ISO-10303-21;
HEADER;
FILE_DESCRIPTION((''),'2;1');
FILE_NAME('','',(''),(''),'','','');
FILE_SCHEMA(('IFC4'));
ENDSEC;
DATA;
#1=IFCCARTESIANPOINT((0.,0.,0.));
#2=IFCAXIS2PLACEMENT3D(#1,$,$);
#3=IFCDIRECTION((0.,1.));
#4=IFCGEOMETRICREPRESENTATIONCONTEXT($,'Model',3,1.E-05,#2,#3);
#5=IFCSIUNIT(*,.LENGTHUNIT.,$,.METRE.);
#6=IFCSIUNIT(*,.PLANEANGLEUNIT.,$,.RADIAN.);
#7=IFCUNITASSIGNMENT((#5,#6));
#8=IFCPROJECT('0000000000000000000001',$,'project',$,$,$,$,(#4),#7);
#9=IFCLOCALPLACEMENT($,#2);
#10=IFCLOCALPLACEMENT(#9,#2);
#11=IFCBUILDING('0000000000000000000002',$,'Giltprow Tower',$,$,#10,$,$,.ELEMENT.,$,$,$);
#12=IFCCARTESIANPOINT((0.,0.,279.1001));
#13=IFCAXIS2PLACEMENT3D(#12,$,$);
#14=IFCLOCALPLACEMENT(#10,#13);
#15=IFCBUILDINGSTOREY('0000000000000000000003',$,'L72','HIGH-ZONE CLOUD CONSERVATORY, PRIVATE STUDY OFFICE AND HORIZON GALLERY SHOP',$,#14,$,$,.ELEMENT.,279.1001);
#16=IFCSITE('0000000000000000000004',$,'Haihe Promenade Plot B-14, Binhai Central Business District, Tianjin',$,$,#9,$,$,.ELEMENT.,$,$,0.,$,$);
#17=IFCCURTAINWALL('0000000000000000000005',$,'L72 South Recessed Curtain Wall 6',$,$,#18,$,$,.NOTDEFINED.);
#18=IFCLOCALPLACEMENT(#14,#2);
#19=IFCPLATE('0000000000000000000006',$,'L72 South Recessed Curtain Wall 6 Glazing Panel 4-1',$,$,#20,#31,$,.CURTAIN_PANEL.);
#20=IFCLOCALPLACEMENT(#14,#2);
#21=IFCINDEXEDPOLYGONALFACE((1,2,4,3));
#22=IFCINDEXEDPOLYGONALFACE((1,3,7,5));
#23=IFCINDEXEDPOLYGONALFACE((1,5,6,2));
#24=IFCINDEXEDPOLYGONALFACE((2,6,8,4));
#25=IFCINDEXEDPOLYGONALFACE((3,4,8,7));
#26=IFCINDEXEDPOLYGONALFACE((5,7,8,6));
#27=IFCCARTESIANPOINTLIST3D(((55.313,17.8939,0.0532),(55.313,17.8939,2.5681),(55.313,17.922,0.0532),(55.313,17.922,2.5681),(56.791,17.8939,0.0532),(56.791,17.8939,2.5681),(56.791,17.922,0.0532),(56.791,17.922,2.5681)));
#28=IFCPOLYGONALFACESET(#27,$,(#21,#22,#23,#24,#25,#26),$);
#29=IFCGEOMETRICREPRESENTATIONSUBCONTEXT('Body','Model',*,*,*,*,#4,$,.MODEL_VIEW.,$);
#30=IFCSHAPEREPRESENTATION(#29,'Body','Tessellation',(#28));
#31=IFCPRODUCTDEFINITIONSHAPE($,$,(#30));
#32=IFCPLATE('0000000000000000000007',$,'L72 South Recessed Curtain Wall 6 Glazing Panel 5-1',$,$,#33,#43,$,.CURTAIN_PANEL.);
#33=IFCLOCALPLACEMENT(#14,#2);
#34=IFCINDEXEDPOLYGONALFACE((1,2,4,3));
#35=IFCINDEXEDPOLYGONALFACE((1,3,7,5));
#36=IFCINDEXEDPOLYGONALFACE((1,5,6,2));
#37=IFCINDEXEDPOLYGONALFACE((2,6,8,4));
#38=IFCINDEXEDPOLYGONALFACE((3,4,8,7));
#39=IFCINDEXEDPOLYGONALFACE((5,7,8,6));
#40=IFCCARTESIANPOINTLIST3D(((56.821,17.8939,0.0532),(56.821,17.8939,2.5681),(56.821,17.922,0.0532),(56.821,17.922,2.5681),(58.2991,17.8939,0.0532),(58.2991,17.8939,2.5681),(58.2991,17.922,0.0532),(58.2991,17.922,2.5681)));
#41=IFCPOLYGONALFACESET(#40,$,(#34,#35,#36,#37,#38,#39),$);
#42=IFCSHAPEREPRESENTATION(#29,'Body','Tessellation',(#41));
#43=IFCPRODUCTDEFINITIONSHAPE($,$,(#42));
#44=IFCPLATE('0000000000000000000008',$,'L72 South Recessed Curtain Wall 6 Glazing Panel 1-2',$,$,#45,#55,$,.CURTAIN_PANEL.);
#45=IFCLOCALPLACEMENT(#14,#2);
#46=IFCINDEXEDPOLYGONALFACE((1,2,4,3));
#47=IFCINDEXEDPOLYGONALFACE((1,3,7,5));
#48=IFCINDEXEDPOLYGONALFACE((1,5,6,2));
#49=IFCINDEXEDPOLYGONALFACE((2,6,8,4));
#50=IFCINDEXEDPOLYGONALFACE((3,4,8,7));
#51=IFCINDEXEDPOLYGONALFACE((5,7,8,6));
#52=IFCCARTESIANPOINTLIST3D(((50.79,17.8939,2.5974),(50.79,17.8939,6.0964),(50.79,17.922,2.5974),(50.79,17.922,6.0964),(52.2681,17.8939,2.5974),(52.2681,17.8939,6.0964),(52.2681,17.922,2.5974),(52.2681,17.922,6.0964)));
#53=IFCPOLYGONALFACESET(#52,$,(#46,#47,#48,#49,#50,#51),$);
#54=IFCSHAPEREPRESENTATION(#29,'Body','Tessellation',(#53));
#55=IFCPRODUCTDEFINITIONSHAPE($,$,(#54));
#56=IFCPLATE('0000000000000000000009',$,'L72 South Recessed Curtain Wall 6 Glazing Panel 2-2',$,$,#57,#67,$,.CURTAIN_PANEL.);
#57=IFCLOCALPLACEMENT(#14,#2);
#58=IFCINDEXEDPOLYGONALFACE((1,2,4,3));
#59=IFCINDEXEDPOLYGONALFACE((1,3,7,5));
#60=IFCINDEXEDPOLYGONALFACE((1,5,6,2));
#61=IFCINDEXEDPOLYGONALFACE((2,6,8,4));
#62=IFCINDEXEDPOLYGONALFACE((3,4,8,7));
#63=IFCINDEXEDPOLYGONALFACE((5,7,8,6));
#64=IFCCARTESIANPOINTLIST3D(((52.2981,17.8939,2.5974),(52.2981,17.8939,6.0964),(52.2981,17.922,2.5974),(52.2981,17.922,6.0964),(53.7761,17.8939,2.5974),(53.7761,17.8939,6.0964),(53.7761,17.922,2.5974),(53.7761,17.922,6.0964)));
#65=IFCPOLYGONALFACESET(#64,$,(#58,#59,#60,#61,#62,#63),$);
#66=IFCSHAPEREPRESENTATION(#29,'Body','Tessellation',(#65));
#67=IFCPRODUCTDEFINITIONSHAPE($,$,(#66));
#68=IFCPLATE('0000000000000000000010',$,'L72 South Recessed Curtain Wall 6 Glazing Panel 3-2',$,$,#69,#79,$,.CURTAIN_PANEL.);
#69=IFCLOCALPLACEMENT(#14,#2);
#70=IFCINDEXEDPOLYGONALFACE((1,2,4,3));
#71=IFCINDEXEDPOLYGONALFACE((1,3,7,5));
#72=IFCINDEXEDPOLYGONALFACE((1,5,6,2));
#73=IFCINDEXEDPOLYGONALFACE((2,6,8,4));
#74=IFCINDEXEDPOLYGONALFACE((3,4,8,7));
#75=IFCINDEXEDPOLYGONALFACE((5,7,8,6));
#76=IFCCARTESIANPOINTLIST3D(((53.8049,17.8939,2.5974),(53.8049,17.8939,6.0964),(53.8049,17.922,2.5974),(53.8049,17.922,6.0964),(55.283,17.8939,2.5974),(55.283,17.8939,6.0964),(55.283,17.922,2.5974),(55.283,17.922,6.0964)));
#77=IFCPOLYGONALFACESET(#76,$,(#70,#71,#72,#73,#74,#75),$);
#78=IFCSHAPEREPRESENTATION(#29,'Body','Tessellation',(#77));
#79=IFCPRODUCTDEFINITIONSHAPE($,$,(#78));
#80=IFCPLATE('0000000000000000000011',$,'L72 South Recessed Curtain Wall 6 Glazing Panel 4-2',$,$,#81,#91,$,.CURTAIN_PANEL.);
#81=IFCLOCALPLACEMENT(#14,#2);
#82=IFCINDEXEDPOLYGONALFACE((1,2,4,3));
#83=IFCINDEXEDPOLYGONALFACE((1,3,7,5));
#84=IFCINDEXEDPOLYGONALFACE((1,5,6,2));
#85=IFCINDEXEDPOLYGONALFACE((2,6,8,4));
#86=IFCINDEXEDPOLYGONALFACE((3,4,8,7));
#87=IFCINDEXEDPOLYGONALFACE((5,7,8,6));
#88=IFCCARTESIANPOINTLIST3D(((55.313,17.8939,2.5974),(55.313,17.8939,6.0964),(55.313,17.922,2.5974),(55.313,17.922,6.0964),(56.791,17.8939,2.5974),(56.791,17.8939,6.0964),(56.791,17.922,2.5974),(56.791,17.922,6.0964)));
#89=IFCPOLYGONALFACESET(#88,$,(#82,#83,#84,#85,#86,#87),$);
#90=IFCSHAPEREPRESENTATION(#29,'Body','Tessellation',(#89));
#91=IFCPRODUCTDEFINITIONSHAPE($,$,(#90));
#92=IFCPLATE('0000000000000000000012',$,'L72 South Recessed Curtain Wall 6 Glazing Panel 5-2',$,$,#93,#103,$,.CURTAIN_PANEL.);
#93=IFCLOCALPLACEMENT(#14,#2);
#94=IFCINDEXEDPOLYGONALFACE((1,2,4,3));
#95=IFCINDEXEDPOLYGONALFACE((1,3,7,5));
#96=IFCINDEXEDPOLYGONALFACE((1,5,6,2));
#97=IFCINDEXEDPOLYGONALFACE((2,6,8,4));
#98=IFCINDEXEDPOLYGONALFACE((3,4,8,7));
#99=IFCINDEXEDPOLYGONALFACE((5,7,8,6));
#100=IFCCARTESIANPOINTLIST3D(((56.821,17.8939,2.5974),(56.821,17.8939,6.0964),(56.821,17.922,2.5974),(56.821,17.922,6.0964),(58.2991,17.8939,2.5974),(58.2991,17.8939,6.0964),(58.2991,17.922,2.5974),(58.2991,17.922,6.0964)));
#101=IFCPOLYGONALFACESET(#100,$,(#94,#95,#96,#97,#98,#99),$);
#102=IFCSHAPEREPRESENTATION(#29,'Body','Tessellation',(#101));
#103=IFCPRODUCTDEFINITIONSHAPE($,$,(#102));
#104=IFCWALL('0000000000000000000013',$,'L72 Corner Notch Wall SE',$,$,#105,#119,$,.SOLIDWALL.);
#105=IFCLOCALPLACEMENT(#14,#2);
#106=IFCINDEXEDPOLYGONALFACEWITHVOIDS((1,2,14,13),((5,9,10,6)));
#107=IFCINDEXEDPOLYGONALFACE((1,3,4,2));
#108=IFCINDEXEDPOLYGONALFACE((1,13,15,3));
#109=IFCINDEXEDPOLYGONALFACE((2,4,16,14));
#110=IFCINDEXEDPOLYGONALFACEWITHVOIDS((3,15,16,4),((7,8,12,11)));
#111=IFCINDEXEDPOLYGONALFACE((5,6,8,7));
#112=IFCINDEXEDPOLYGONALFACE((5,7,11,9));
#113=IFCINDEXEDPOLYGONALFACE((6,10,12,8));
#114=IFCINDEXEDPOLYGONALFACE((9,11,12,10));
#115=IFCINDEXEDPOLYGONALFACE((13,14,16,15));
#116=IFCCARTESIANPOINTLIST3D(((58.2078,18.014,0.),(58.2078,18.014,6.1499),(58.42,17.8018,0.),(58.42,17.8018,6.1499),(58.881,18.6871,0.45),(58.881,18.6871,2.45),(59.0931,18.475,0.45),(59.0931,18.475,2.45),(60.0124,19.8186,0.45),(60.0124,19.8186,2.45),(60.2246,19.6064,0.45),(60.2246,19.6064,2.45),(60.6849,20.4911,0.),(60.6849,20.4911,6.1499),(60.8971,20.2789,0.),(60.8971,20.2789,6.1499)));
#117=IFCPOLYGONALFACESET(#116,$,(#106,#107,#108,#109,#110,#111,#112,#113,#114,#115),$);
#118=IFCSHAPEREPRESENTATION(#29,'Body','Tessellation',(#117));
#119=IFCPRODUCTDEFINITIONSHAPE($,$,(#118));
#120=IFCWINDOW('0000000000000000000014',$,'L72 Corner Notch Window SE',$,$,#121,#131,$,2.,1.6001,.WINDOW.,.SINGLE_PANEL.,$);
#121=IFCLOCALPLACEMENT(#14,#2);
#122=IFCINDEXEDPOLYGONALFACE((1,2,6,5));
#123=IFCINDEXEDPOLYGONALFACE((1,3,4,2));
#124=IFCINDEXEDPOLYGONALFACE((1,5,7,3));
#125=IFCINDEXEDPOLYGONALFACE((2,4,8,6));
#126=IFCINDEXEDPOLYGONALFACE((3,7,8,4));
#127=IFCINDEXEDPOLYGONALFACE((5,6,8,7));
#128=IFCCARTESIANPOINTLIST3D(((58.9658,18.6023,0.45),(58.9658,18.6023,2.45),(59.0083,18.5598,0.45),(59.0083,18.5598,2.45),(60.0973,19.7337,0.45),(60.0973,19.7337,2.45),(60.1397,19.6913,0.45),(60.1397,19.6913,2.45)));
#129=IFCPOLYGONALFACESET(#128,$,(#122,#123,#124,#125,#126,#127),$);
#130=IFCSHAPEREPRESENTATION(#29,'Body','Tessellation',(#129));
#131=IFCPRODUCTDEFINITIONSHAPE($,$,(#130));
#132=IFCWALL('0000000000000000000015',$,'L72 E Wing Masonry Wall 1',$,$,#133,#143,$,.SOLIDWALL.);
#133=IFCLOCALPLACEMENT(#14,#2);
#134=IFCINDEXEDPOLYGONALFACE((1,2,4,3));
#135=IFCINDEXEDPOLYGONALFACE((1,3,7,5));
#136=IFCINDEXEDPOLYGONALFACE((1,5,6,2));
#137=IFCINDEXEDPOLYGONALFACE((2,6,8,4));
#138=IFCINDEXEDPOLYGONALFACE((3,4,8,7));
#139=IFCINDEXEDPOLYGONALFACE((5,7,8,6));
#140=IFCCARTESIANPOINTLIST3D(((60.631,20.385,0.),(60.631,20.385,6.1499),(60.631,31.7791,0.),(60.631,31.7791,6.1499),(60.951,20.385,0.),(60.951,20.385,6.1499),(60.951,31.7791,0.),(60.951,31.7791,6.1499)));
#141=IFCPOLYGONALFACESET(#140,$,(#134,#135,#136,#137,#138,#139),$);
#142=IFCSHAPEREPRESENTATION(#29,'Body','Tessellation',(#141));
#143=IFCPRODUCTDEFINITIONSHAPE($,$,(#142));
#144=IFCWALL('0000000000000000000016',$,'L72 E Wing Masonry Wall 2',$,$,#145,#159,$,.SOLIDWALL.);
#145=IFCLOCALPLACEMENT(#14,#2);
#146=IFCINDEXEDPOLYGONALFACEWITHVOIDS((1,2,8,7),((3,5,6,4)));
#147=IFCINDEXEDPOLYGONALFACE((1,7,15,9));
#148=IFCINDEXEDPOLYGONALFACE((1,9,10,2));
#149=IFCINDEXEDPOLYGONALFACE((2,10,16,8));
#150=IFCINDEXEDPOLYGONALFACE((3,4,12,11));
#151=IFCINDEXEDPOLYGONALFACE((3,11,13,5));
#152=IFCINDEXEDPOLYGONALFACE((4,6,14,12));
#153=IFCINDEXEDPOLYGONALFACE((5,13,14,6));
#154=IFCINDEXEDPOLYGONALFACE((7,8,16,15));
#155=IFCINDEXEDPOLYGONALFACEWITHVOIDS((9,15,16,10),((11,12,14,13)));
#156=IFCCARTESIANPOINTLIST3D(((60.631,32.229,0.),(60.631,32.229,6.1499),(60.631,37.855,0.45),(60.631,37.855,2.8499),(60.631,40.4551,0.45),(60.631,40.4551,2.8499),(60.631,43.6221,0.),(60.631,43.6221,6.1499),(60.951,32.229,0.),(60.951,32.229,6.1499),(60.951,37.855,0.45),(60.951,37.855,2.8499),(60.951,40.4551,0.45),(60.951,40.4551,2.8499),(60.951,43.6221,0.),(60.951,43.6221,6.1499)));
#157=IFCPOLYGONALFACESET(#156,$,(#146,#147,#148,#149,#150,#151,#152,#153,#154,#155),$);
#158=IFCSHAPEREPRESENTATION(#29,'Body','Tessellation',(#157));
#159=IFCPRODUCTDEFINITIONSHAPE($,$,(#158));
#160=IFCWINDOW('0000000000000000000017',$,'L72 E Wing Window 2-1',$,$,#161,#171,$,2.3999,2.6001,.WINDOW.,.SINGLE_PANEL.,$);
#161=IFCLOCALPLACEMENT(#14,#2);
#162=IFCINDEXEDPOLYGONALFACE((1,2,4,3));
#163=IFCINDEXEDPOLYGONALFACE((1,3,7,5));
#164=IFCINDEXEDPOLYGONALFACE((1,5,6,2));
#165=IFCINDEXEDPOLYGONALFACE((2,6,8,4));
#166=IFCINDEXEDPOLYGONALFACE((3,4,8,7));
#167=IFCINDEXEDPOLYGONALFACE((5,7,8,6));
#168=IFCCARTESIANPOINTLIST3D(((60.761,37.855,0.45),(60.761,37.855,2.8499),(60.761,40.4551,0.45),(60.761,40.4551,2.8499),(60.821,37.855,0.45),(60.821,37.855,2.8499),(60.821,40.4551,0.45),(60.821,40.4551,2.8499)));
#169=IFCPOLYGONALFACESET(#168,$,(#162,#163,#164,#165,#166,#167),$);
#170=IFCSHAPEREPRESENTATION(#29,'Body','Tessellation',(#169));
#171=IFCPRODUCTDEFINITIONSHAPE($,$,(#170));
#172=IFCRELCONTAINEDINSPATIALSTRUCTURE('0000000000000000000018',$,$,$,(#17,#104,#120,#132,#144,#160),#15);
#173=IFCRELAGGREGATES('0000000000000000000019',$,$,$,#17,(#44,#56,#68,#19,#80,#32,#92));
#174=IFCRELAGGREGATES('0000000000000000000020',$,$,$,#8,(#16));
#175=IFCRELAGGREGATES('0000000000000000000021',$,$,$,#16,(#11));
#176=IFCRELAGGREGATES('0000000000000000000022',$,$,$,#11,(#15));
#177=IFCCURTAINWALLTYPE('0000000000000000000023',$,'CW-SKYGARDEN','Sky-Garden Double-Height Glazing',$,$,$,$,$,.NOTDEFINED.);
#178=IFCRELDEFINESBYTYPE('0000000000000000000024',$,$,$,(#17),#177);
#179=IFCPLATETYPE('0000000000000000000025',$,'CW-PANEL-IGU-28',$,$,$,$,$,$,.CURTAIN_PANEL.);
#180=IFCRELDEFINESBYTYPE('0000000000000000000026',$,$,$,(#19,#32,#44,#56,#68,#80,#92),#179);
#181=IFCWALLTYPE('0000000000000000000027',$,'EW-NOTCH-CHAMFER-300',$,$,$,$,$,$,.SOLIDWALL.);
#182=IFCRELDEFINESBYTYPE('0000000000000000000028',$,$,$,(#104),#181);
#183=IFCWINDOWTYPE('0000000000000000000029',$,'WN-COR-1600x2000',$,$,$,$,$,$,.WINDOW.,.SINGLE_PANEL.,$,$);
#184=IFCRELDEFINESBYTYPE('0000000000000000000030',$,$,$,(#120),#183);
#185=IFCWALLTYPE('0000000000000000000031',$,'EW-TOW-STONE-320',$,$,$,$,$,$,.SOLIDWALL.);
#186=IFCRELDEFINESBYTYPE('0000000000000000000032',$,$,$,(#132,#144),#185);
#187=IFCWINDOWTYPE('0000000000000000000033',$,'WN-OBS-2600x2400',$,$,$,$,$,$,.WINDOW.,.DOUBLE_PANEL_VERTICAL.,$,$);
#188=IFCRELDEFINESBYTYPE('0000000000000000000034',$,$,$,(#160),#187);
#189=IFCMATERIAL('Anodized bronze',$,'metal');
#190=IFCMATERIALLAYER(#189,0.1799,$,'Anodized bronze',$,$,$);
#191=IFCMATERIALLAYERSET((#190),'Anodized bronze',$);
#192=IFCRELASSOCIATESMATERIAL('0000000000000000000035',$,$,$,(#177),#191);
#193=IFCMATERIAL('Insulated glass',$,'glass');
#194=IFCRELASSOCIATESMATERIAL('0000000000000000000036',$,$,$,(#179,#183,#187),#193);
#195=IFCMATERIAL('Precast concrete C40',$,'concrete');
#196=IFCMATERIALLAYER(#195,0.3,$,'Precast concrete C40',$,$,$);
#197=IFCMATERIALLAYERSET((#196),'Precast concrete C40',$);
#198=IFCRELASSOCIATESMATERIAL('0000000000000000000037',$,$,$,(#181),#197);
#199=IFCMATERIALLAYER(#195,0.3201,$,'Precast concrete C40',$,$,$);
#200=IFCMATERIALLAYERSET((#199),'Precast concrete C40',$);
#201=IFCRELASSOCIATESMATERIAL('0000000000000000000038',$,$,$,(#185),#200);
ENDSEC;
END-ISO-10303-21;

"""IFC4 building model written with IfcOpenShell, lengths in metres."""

from ifc_helpers import new_model, si_unit, direction, frame, frame_2d, origin, origin_2d, place, context, subcontext, project, spatial, rectangle, extrude, source, transform, mapped, material, layer, layer_set, type_object, element, fill, aggregate, save


model = new_model("IFC4")

# Units and contexts
model_context = context("Model", 3, precision=1e-05, world=origin(), true_north=direction((0.0, 1.0)))
body_context = subcontext(model_context, "Body", "Model", "MODEL_VIEW")
ifc_project = project(units=[si_unit("LENGTHUNIT", "METRE"), si_unit("PLANEANGLEUNIT", "RADIAN")], contexts=[model_context])

# Site, building, storey
site_placement = place(None, origin())
site = spatial("IfcSite", under=ifc_project, at=site_placement, Name="Haihe Promenade Plot B-14, Binhai Central Business District, Tianjin", CompositionType="ELEMENT", RefElevation=0.0)
building_placement = place(site_placement, origin())
building = spatial("IfcBuilding", under=site, at=building_placement, Name="Giltprow Tower", CompositionType="ELEMENT")
storey_placement = place(building_placement, frame((0.0, 0.0, 279.1001)))
storey = spatial("IfcBuildingStorey", under=building, at=storey_placement, Name="L72", Description="HIGH-ZONE CLOUD CONSERVATORY, PRIVATE STUDY OFFICE AND HORIZON GALLERY SHOP", CompositionType="ELEMENT", Elevation=279.1001)

# Curtain wall
ifc_material_1 = material(Name="Anodized bronze", Category="metal")
ifc_layer_1 = layer(ifc_material_1, 0.1799, Name="Anodized bronze")
ifc_layer_set_1 = layer_set([ifc_layer_1], Name="Anodized bronze")
curtain_wall_type = type_object("IfcCurtainWallType", Name="CW-SKYGARDEN", Description="Sky-Garden Double-Height Glazing", PredefinedType="NOTDEFINED", material=ifc_layer_set_1)
curtain_wall_placement = place(storey_placement, origin())
curtain_wall = element("IfcCurtainWall", 1, at=curtain_wall_placement, inside=storey, type_object=curtain_wall_type, Name="L72 South Recessed Curtain Wall 6", PredefinedType="NOTDEFINED")

# Plates
ifc_material_2 = material(Name="Insulated glass", Category="glass")
plate_type_1 = type_object("IfcPlateType", Name="CW-PANEL-IGU-28", PredefinedType="CURTAIN_PANEL", material=ifc_material_2)
shared_shape_1 = source(origin(), body_context, "Body", "SweptSolid", [
    extrude(rectangle(XDim=1.478, YDim=0.0281, at=origin_2d()), origin(), (0.0, 0.0, 1.0), 2.5149),
])
plate_1_placement = place(storey_placement, frame((56.052, 17.908, 0.0532), z_axis=(0.0, 0.0, 1.0), x_axis=(1.0, 0.0, 0.0)))
plate_1 = element("IfcPlate", 2, at=plate_1_placement, type_object=plate_type_1, Name="L72 South Recessed Curtain Wall 6 Glazing Panel 4-1", PredefinedType="CURTAIN_PANEL", context=body_context, shape_type="MappedRepresentation", body=[
    mapped(shared_shape_1, transform((0.0, 0.0, 0.0), x_axis=(1.0, 0.0, 0.0), y_axis=(0.0, 1.0, 0.0), z_axis=(0.0, 0.0, 1.0), scale=1.0)),
])
plate_2_placement = place(storey_placement, frame((57.5601, 17.908, 0.0532), z_axis=(0.0, 0.0, 1.0), x_axis=(1.0, 0.0, 0.0)))
plate_2 = element("IfcPlate", 3, at=plate_2_placement, type_object=plate_type_1, Name="L72 South Recessed Curtain Wall 6 Glazing Panel 5-1", PredefinedType="CURTAIN_PANEL", context=body_context, shape_type="MappedRepresentation", body=[
    mapped(shared_shape_1, transform((0.0, 0.0, 0.0), x_axis=(1.0, 0.0, 0.0), y_axis=(0.0, 1.0, 0.0), z_axis=(0.0, 0.0, 1.0), scale=1.0)),
])
shared_shape_2 = source(origin(), body_context, "Body", "SweptSolid", [
    extrude(rectangle(XDim=1.478, YDim=0.0281, at=origin_2d()), origin(), (0.0, 0.0, 1.0), 3.499),
])
plate_3_placement = place(storey_placement, frame((51.5291, 17.908, 2.5974), z_axis=(0.0, 0.0, 1.0), x_axis=(1.0, 0.0, 0.0)))
plate_3 = element("IfcPlate", 4, at=plate_3_placement, type_object=plate_type_1, Name="L72 South Recessed Curtain Wall 6 Glazing Panel 1-2", PredefinedType="CURTAIN_PANEL", context=body_context, shape_type="MappedRepresentation", body=[
    mapped(shared_shape_2, transform((0.0, 0.0, 0.0), x_axis=(1.0, 0.0, 0.0), y_axis=(0.0, 1.0, 0.0), z_axis=(0.0, 0.0, 1.0), scale=1.0)),
])
plate_4_placement = place(storey_placement, frame((53.0371, 17.908, 2.5974), z_axis=(0.0, 0.0, 1.0), x_axis=(1.0, 0.0, 0.0)))
plate_4 = element("IfcPlate", 5, at=plate_4_placement, type_object=plate_type_1, Name="L72 South Recessed Curtain Wall 6 Glazing Panel 2-2", PredefinedType="CURTAIN_PANEL", context=body_context, shape_type="MappedRepresentation", body=[
    mapped(shared_shape_2, transform((0.0, 0.0, 0.0), x_axis=(1.0, 0.0, 0.0), y_axis=(0.0, 1.0, 0.0), z_axis=(0.0, 0.0, 1.0), scale=1.0)),
])
plate_5_placement = place(storey_placement, frame((54.5439, 17.908, 2.5974), z_axis=(0.0, 0.0, 1.0), x_axis=(1.0, 0.0, 0.0)))
plate_5 = element("IfcPlate", 6, at=plate_5_placement, type_object=plate_type_1, Name="L72 South Recessed Curtain Wall 6 Glazing Panel 3-2", PredefinedType="CURTAIN_PANEL", context=body_context, shape_type="MappedRepresentation", body=[
    mapped(shared_shape_2, transform((0.0, 0.0, 0.0), x_axis=(1.0, 0.0, 0.0), y_axis=(0.0, 1.0, 0.0), z_axis=(0.0, 0.0, 1.0), scale=1.0)),
])
plate_6_placement = place(storey_placement, frame((56.052, 17.908, 2.5974), z_axis=(0.0, 0.0, 1.0), x_axis=(1.0, 0.0, 0.0)))
plate_6 = element("IfcPlate", 7, at=plate_6_placement, type_object=plate_type_1, Name="L72 South Recessed Curtain Wall 6 Glazing Panel 4-2", PredefinedType="CURTAIN_PANEL", context=body_context, shape_type="MappedRepresentation", body=[
    mapped(shared_shape_2, transform((0.0, 0.0, 0.0), x_axis=(1.0, 0.0, 0.0), y_axis=(0.0, 1.0, 0.0), z_axis=(0.0, 0.0, 1.0), scale=1.0)),
])
plate_7_placement = place(storey_placement, frame((57.5601, 17.908, 2.5974), z_axis=(0.0, 0.0, 1.0), x_axis=(1.0, 0.0, 0.0)))
plate_7 = element("IfcPlate", 8, at=plate_7_placement, type_object=plate_type_1, Name="L72 South Recessed Curtain Wall 6 Glazing Panel 5-2", PredefinedType="CURTAIN_PANEL", context=body_context, shape_type="MappedRepresentation", body=[
    mapped(shared_shape_2, transform((0.0, 0.0, 0.0), x_axis=(1.0, 0.0, 0.0), y_axis=(0.0, 1.0, 0.0), z_axis=(0.0, 0.0, 1.0), scale=1.0)),
])
aggregate(curtain_wall, [plate_3, plate_4, plate_5, plate_1, plate_6, plate_2, plate_7])

# Wall, opening, window
ifc_material_3 = material(Name="Precast concrete C40", Category="concrete")
ifc_layer_2 = layer(ifc_material_3, 0.3, Name="Precast concrete C40")
ifc_layer_set_2 = layer_set([ifc_layer_2], Name="Precast concrete C40")
wall_type_1 = type_object("IfcWallType", Name="EW-NOTCH-CHAMFER-300", PredefinedType="SOLIDWALL", material=ifc_layer_set_2)
wall_1_placement = place(storey_placement, frame((58.314, 17.908, 0.0), z_axis=(0.0, 0.0, 1.0), x_axis=(0.707107, 0.707107, 0.0)))
wall_1 = element("IfcWall", 9, at=wall_1_placement, inside=storey, type_object=wall_type_1, Name="L72 Corner Notch Wall SE", PredefinedType="SOLIDWALL", context=body_context, shape_type="SweptSolid", body=[
    extrude(rectangle(XDim=3.5032, YDim=0.3, at=frame_2d((1.7515, 0.0))), origin(), (0.0, 0.0, 1.0), 6.1499),
])
opening_1_placement = place(wall_1_placement, frame((0.9519, 0.0, 0.45)))
opening_1 = element("IfcOpeningElement", 10, at=opening_1_placement, cuts=wall_1, PredefinedType="OPENING", context=body_context, shape_type="SweptSolid", body=[
    extrude(rectangle(XDim=1.6001, YDim=2.0, at=frame_2d((0.8, 1.0))), frame((0.0, 0.1599, 0.0), z_axis=(0.0, -1.0, 0.0), x_axis=(1.0, 0.0, 0.0)), (0.0, 0.0, 1.0), 0.3201),
])
window_type_1 = type_object("IfcWindowType", Name="WN-COR-1600x2000", PartitioningType="SINGLE_PANEL", PredefinedType="WINDOW", material=ifc_material_2)
shared_shape_3 = source(origin(), body_context, "Body", "SweptSolid", [
    extrude(rectangle(XDim=1.6001, YDim=2.0, at=frame_2d((0.8, 1.0))), frame((0.0, 0.03, 0.0), z_axis=(0.0, -1.0, 0.0), x_axis=(1.0, 0.0, 0.0)), (0.0, 0.0, 1.0), 0.0601),
])
window_1_placement = place(opening_1_placement, origin())
window_1 = element("IfcWindow", 11, at=window_1_placement, inside=storey, type_object=window_type_1, Name="L72 Corner Notch Window SE", OverallHeight=2.0, OverallWidth=1.6001, PartitioningType="SINGLE_PANEL", PredefinedType="WINDOW", context=body_context, shape_type="MappedRepresentation", body=[
    mapped(shared_shape_3, transform((0.0, 0.0, 0.0), x_axis=(1.0, 0.0, 0.0), y_axis=(0.0, 1.0, 0.0), z_axis=(0.0, 0.0, 1.0), scale=1.0)),
])
fill(opening_1, window_1)

# Wall
ifc_layer_3 = layer(ifc_material_3, 0.3201, Name="Precast concrete C40")
ifc_layer_set_3 = layer_set([ifc_layer_3], Name="Precast concrete C40")
wall_type_2 = type_object("IfcWallType", Name="EW-TOW-STONE-320", PredefinedType="SOLIDWALL", material=ifc_layer_set_3)
wall_2_placement = place(storey_placement, frame((60.791, 20.385, 0.0), z_axis=(0.0, 0.0, 1.0), x_axis=(0.0, 1.0, 0.0)))
element("IfcWall", 12, at=wall_2_placement, inside=storey, type_object=wall_type_2, Name="L72 E Wing Masonry Wall 1", PredefinedType="SOLIDWALL", context=body_context, shape_type="SweptSolid", body=[
    extrude(rectangle(XDim=11.394, YDim=0.3201, at=frame_2d((5.697, 0.0))), origin(), (0.0, 0.0, 1.0), 6.1499),
])

# Wall, opening, window
wall_3_placement = place(storey_placement, frame((60.791, 32.229, 0.0), z_axis=(0.0, 0.0, 1.0), x_axis=(0.0, 1.0, 0.0)))
wall_3 = element("IfcWall", 13, at=wall_3_placement, inside=storey, type_object=wall_type_2, Name="L72 E Wing Masonry Wall 2", PredefinedType="SOLIDWALL", context=body_context, shape_type="SweptSolid", body=[
    extrude(rectangle(XDim=11.3931, YDim=0.3201, at=frame_2d((5.6965, 0.0))), origin(), (0.0, 0.0, 1.0), 6.1499),
])
opening_2_placement = place(wall_3_placement, frame((5.626, 0.0, 0.45)))
opening_2 = element("IfcOpeningElement", 14, at=opening_2_placement, cuts=wall_3, PredefinedType="OPENING", context=body_context, shape_type="SweptSolid", body=[
    extrude(rectangle(XDim=2.6001, YDim=2.3999, at=frame_2d((1.3, 1.2))), frame((0.0, 0.1699, 0.0), z_axis=(0.0, -1.0, 0.0), x_axis=(1.0, 0.0, 0.0)), (0.0, 0.0, 1.0), 0.3401),
])
window_type_2 = type_object("IfcWindowType", Name="WN-OBS-2600x2400", PartitioningType="DOUBLE_PANEL_VERTICAL", PredefinedType="WINDOW", material=ifc_material_2)
shared_shape_4 = source(origin(), body_context, "Body", "SweptSolid", [
    extrude(rectangle(XDim=2.6001, YDim=2.3999, at=frame_2d((1.3, 1.2))), frame((0.0, 0.03, 0.0), z_axis=(0.0, -1.0, 0.0), x_axis=(1.0, 0.0, 0.0)), (0.0, 0.0, 1.0), 0.0601),
])
window_2_placement = place(opening_2_placement, origin())
window_2 = element("IfcWindow", 15, at=window_2_placement, inside=storey, type_object=window_type_2, Name="L72 E Wing Window 2-1", OverallHeight=2.3999, OverallWidth=2.6001, PartitioningType="SINGLE_PANEL", PredefinedType="WINDOW", context=body_context, shape_type="MappedRepresentation", body=[
    mapped(shared_shape_4, transform((0.0, 0.0, 0.0), x_axis=(1.0, 0.0, 0.0), y_axis=(0.0, 1.0, 0.0), z_axis=(0.0, 0.0, 1.0), scale=1.0)),
])
fill(opening_2, window_2)

save(model, "model.ifc")
